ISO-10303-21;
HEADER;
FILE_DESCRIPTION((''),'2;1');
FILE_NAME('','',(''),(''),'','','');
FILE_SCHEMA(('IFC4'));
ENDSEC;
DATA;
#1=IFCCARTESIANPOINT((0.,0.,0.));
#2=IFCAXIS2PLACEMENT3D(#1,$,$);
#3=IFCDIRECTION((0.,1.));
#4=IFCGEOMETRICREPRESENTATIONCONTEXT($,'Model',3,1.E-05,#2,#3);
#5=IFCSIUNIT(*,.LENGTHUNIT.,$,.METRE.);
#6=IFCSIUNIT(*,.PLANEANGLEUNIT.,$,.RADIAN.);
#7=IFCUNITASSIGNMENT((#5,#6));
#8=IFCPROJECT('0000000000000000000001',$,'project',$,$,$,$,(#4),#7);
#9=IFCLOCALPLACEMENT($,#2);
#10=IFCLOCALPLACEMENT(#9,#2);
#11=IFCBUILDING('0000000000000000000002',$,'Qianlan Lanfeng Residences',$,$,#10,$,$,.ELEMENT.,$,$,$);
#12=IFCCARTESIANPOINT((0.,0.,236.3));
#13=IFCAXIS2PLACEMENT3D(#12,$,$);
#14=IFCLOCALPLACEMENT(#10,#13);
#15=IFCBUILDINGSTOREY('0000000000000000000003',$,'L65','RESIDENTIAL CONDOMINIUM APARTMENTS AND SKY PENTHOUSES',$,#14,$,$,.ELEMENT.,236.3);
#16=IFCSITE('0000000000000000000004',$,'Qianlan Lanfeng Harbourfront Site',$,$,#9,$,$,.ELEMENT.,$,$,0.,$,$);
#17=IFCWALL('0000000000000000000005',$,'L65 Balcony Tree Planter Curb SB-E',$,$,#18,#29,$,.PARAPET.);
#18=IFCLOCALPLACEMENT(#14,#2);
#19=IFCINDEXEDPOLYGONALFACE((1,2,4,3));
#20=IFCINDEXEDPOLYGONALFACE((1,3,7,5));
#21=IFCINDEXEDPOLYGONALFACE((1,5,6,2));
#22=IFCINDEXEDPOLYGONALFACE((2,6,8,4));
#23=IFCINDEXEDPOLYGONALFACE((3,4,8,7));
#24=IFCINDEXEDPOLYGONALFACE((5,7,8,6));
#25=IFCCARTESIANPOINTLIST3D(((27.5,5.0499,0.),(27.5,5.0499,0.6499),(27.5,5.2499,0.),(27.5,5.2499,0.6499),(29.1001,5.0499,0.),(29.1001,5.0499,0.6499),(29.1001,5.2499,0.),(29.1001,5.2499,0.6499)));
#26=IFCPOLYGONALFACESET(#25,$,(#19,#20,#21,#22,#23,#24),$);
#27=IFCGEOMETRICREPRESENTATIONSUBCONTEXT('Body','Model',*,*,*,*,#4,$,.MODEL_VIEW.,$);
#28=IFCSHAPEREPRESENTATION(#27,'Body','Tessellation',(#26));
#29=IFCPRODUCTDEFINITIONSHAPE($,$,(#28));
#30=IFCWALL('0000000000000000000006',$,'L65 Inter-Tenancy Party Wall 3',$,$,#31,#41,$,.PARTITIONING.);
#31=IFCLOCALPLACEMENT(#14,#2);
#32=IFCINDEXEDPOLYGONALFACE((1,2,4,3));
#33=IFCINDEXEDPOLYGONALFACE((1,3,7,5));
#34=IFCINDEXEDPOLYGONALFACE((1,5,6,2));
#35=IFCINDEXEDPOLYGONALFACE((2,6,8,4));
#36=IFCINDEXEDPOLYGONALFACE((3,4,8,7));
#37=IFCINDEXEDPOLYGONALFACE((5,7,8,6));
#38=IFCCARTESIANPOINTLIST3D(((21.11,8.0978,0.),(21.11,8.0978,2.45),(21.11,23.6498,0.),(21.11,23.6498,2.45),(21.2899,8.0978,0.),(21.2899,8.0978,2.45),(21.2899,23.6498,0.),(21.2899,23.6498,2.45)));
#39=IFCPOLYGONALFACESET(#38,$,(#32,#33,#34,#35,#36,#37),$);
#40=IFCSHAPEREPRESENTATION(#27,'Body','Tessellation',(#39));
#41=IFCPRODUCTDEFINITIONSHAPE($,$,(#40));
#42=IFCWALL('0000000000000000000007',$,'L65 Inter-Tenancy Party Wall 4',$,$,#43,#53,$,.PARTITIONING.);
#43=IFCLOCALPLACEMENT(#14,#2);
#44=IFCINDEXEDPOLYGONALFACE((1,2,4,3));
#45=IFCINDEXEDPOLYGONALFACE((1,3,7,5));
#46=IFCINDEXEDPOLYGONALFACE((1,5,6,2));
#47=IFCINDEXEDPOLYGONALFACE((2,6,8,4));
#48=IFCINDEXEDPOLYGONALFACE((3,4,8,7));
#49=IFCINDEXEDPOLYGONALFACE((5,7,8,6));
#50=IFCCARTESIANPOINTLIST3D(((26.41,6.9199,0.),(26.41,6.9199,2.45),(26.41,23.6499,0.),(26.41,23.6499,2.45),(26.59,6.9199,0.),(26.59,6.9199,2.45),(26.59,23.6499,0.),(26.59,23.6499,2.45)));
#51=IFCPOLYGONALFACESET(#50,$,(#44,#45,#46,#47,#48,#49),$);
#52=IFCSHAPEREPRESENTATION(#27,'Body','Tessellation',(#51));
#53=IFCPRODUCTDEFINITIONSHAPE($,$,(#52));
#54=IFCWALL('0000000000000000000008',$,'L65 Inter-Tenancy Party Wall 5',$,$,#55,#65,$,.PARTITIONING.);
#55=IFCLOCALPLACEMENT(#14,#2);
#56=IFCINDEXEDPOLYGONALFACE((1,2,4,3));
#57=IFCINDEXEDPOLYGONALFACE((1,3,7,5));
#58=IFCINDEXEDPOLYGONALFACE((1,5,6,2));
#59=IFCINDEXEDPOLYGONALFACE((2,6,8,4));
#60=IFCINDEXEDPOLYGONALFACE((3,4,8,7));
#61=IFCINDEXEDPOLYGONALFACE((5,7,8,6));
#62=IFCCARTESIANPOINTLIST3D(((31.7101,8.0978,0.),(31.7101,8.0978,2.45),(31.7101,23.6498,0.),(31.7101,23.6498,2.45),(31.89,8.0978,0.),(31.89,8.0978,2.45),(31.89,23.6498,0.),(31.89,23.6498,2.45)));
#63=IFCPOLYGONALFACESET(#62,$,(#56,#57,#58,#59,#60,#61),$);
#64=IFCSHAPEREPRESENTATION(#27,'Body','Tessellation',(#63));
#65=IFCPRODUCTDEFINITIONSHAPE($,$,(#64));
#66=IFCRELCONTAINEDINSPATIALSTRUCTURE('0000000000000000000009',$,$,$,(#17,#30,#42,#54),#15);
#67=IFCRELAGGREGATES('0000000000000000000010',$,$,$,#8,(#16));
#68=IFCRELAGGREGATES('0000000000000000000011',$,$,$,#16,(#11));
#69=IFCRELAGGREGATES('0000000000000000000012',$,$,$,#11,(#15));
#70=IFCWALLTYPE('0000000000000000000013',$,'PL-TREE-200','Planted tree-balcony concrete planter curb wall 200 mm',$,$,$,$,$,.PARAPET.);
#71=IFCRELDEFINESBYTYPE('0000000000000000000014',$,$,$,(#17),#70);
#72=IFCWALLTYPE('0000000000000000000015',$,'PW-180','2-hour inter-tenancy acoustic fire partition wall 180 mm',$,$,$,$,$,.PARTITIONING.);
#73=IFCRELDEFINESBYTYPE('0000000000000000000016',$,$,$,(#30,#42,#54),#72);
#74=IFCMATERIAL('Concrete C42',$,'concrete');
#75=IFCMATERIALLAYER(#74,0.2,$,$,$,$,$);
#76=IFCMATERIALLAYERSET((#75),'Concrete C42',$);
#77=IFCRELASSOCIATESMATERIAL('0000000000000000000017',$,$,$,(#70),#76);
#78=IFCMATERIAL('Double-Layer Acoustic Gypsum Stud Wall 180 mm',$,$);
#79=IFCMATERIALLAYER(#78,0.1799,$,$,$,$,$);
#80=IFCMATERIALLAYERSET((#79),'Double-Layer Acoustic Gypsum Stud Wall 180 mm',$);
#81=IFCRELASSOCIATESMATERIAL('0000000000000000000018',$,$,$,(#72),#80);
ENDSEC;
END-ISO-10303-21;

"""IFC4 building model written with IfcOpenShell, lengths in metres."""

from ifc_helpers import new_model, si_unit, direction, frame, frame_2d, origin, place, context, subcontext, project, spatial, rectangle, extrude, material, layer, layer_set, type_object, element, save


model = new_model("IFC4")

# Units and contexts
model_context = context("Model", 3, precision=1e-05, world=origin(), true_north=direction((0.0, 1.0)))
body_context = subcontext(model_context, "Body", "Model", "MODEL_VIEW")
ifc_project = project(units=[si_unit("LENGTHUNIT", "METRE"), si_unit("PLANEANGLEUNIT", "RADIAN")], contexts=[model_context])

# Site, building, storey
site_placement = place(None, origin())
site = spatial("IfcSite", under=ifc_project, at=site_placement, Name="Qianlan Lanfeng Harbourfront Site", CompositionType="ELEMENT", RefElevation=0.0)
building_placement = place(site_placement, origin())
building = spatial("IfcBuilding", under=site, at=building_placement, Name="Qianlan Lanfeng Residences", CompositionType="ELEMENT")
storey_placement = place(building_placement, frame((0.0, 0.0, 236.3)))
storey = spatial("IfcBuildingStorey", under=building, at=storey_placement, Name="L65", Description="RESIDENTIAL CONDOMINIUM APARTMENTS AND SKY PENTHOUSES", CompositionType="ELEMENT", Elevation=236.3)

# Shared definitions
ifc_material_1 = material(Name="Concrete C42", Category="concrete")

# Walls
ifc_layer_1 = layer(ifc_material_1, 0.2)
ifc_layer_set_1 = layer_set([ifc_layer_1], Name="Concrete C42")
wall_type_1 = type_object("IfcWallType", Name="PL-TREE-200", Description="Planted tree-balcony concrete planter curb wall 200 mm", PredefinedType="PARAPET", material=ifc_layer_set_1)
for number, where, z_axis, x_axis, name in (
    (1, (27.5, 5.1499, 0.0), (0.0, 0.0, 1.0), (1.0, 0.0, 0.0), "L65 Balcony Tree Planter Curb SB-E"),
):
    element("IfcWall", number, at=place(storey_placement, frame(where, z_axis=z_axis, x_axis=x_axis)), inside=storey, type_object=wall_type_1, Name=name, PredefinedType="PARAPET", context=body_context, shape_type="SweptSolid", body=[
        extrude(rectangle(XDim=1.6001, YDim=0.2, at=frame_2d((0.8, 0.0))), origin(), (0.0, 0.0, 1.0), 0.6499),
    ])
ifc_material_2 = material(Name="Double-Layer Acoustic Gypsum Stud Wall 180 mm")
ifc_layer_2 = layer(ifc_material_2, 0.1799)
ifc_layer_set_2 = layer_set([ifc_layer_2], Name="Double-Layer Acoustic Gypsum Stud Wall 180 mm")
wall_type_2 = type_object("IfcWallType", Name="PW-180", Description="2-hour inter-tenancy acoustic fire partition wall 180 mm", PredefinedType="PARTITIONING", material=ifc_layer_set_2)
wall_1_placement = place(storey_placement, frame((21.2, 8.0979, 0.0), z_axis=(0.0, 0.0, 1.0), x_axis=(0.0, 1.0, 0.0)))
element("IfcWall", 2, at=wall_1_placement, inside=storey, type_object=wall_type_2, Name="L65 Inter-Tenancy Party Wall 3", PredefinedType="PARTITIONING", context=body_context, shape_type="SweptSolid", body=[
    extrude(rectangle(XDim=15.552, YDim=0.1799, at=frame_2d((7.7759, 0.0))), origin(), (0.0, 0.0, 1.0), 2.45),
])
wall_2_placement = place(storey_placement, frame((26.5, 6.9199, 0.0), z_axis=(0.0, 0.0, 1.0), x_axis=(0.0, 1.0, 0.0)))
element("IfcWall", 3, at=wall_2_placement, inside=storey, type_object=wall_type_2, Name="L65 Inter-Tenancy Party Wall 4", PredefinedType="PARTITIONING", context=body_context, shape_type="SweptSolid", body=[
    extrude(rectangle(XDim=16.73, YDim=0.1799, at=frame_2d((8.365, 0.0))), origin(), (0.0, 0.0, 1.0), 2.45),
])
wall_3_placement = place(storey_placement, frame((31.8, 8.0979, 0.0), z_axis=(0.0, 0.0, 1.0), x_axis=(0.0, 1.0, 0.0)))
element("IfcWall", 4, at=wall_3_placement, inside=storey, type_object=wall_type_2, Name="L65 Inter-Tenancy Party Wall 5", PredefinedType="PARTITIONING", context=body_context, shape_type="SweptSolid", body=[
    extrude(rectangle(XDim=15.552, YDim=0.1799, at=frame_2d((7.7759, 0.0))), origin(), (0.0, 0.0, 1.0), 2.45),
])

save(model, "model.ifc")
